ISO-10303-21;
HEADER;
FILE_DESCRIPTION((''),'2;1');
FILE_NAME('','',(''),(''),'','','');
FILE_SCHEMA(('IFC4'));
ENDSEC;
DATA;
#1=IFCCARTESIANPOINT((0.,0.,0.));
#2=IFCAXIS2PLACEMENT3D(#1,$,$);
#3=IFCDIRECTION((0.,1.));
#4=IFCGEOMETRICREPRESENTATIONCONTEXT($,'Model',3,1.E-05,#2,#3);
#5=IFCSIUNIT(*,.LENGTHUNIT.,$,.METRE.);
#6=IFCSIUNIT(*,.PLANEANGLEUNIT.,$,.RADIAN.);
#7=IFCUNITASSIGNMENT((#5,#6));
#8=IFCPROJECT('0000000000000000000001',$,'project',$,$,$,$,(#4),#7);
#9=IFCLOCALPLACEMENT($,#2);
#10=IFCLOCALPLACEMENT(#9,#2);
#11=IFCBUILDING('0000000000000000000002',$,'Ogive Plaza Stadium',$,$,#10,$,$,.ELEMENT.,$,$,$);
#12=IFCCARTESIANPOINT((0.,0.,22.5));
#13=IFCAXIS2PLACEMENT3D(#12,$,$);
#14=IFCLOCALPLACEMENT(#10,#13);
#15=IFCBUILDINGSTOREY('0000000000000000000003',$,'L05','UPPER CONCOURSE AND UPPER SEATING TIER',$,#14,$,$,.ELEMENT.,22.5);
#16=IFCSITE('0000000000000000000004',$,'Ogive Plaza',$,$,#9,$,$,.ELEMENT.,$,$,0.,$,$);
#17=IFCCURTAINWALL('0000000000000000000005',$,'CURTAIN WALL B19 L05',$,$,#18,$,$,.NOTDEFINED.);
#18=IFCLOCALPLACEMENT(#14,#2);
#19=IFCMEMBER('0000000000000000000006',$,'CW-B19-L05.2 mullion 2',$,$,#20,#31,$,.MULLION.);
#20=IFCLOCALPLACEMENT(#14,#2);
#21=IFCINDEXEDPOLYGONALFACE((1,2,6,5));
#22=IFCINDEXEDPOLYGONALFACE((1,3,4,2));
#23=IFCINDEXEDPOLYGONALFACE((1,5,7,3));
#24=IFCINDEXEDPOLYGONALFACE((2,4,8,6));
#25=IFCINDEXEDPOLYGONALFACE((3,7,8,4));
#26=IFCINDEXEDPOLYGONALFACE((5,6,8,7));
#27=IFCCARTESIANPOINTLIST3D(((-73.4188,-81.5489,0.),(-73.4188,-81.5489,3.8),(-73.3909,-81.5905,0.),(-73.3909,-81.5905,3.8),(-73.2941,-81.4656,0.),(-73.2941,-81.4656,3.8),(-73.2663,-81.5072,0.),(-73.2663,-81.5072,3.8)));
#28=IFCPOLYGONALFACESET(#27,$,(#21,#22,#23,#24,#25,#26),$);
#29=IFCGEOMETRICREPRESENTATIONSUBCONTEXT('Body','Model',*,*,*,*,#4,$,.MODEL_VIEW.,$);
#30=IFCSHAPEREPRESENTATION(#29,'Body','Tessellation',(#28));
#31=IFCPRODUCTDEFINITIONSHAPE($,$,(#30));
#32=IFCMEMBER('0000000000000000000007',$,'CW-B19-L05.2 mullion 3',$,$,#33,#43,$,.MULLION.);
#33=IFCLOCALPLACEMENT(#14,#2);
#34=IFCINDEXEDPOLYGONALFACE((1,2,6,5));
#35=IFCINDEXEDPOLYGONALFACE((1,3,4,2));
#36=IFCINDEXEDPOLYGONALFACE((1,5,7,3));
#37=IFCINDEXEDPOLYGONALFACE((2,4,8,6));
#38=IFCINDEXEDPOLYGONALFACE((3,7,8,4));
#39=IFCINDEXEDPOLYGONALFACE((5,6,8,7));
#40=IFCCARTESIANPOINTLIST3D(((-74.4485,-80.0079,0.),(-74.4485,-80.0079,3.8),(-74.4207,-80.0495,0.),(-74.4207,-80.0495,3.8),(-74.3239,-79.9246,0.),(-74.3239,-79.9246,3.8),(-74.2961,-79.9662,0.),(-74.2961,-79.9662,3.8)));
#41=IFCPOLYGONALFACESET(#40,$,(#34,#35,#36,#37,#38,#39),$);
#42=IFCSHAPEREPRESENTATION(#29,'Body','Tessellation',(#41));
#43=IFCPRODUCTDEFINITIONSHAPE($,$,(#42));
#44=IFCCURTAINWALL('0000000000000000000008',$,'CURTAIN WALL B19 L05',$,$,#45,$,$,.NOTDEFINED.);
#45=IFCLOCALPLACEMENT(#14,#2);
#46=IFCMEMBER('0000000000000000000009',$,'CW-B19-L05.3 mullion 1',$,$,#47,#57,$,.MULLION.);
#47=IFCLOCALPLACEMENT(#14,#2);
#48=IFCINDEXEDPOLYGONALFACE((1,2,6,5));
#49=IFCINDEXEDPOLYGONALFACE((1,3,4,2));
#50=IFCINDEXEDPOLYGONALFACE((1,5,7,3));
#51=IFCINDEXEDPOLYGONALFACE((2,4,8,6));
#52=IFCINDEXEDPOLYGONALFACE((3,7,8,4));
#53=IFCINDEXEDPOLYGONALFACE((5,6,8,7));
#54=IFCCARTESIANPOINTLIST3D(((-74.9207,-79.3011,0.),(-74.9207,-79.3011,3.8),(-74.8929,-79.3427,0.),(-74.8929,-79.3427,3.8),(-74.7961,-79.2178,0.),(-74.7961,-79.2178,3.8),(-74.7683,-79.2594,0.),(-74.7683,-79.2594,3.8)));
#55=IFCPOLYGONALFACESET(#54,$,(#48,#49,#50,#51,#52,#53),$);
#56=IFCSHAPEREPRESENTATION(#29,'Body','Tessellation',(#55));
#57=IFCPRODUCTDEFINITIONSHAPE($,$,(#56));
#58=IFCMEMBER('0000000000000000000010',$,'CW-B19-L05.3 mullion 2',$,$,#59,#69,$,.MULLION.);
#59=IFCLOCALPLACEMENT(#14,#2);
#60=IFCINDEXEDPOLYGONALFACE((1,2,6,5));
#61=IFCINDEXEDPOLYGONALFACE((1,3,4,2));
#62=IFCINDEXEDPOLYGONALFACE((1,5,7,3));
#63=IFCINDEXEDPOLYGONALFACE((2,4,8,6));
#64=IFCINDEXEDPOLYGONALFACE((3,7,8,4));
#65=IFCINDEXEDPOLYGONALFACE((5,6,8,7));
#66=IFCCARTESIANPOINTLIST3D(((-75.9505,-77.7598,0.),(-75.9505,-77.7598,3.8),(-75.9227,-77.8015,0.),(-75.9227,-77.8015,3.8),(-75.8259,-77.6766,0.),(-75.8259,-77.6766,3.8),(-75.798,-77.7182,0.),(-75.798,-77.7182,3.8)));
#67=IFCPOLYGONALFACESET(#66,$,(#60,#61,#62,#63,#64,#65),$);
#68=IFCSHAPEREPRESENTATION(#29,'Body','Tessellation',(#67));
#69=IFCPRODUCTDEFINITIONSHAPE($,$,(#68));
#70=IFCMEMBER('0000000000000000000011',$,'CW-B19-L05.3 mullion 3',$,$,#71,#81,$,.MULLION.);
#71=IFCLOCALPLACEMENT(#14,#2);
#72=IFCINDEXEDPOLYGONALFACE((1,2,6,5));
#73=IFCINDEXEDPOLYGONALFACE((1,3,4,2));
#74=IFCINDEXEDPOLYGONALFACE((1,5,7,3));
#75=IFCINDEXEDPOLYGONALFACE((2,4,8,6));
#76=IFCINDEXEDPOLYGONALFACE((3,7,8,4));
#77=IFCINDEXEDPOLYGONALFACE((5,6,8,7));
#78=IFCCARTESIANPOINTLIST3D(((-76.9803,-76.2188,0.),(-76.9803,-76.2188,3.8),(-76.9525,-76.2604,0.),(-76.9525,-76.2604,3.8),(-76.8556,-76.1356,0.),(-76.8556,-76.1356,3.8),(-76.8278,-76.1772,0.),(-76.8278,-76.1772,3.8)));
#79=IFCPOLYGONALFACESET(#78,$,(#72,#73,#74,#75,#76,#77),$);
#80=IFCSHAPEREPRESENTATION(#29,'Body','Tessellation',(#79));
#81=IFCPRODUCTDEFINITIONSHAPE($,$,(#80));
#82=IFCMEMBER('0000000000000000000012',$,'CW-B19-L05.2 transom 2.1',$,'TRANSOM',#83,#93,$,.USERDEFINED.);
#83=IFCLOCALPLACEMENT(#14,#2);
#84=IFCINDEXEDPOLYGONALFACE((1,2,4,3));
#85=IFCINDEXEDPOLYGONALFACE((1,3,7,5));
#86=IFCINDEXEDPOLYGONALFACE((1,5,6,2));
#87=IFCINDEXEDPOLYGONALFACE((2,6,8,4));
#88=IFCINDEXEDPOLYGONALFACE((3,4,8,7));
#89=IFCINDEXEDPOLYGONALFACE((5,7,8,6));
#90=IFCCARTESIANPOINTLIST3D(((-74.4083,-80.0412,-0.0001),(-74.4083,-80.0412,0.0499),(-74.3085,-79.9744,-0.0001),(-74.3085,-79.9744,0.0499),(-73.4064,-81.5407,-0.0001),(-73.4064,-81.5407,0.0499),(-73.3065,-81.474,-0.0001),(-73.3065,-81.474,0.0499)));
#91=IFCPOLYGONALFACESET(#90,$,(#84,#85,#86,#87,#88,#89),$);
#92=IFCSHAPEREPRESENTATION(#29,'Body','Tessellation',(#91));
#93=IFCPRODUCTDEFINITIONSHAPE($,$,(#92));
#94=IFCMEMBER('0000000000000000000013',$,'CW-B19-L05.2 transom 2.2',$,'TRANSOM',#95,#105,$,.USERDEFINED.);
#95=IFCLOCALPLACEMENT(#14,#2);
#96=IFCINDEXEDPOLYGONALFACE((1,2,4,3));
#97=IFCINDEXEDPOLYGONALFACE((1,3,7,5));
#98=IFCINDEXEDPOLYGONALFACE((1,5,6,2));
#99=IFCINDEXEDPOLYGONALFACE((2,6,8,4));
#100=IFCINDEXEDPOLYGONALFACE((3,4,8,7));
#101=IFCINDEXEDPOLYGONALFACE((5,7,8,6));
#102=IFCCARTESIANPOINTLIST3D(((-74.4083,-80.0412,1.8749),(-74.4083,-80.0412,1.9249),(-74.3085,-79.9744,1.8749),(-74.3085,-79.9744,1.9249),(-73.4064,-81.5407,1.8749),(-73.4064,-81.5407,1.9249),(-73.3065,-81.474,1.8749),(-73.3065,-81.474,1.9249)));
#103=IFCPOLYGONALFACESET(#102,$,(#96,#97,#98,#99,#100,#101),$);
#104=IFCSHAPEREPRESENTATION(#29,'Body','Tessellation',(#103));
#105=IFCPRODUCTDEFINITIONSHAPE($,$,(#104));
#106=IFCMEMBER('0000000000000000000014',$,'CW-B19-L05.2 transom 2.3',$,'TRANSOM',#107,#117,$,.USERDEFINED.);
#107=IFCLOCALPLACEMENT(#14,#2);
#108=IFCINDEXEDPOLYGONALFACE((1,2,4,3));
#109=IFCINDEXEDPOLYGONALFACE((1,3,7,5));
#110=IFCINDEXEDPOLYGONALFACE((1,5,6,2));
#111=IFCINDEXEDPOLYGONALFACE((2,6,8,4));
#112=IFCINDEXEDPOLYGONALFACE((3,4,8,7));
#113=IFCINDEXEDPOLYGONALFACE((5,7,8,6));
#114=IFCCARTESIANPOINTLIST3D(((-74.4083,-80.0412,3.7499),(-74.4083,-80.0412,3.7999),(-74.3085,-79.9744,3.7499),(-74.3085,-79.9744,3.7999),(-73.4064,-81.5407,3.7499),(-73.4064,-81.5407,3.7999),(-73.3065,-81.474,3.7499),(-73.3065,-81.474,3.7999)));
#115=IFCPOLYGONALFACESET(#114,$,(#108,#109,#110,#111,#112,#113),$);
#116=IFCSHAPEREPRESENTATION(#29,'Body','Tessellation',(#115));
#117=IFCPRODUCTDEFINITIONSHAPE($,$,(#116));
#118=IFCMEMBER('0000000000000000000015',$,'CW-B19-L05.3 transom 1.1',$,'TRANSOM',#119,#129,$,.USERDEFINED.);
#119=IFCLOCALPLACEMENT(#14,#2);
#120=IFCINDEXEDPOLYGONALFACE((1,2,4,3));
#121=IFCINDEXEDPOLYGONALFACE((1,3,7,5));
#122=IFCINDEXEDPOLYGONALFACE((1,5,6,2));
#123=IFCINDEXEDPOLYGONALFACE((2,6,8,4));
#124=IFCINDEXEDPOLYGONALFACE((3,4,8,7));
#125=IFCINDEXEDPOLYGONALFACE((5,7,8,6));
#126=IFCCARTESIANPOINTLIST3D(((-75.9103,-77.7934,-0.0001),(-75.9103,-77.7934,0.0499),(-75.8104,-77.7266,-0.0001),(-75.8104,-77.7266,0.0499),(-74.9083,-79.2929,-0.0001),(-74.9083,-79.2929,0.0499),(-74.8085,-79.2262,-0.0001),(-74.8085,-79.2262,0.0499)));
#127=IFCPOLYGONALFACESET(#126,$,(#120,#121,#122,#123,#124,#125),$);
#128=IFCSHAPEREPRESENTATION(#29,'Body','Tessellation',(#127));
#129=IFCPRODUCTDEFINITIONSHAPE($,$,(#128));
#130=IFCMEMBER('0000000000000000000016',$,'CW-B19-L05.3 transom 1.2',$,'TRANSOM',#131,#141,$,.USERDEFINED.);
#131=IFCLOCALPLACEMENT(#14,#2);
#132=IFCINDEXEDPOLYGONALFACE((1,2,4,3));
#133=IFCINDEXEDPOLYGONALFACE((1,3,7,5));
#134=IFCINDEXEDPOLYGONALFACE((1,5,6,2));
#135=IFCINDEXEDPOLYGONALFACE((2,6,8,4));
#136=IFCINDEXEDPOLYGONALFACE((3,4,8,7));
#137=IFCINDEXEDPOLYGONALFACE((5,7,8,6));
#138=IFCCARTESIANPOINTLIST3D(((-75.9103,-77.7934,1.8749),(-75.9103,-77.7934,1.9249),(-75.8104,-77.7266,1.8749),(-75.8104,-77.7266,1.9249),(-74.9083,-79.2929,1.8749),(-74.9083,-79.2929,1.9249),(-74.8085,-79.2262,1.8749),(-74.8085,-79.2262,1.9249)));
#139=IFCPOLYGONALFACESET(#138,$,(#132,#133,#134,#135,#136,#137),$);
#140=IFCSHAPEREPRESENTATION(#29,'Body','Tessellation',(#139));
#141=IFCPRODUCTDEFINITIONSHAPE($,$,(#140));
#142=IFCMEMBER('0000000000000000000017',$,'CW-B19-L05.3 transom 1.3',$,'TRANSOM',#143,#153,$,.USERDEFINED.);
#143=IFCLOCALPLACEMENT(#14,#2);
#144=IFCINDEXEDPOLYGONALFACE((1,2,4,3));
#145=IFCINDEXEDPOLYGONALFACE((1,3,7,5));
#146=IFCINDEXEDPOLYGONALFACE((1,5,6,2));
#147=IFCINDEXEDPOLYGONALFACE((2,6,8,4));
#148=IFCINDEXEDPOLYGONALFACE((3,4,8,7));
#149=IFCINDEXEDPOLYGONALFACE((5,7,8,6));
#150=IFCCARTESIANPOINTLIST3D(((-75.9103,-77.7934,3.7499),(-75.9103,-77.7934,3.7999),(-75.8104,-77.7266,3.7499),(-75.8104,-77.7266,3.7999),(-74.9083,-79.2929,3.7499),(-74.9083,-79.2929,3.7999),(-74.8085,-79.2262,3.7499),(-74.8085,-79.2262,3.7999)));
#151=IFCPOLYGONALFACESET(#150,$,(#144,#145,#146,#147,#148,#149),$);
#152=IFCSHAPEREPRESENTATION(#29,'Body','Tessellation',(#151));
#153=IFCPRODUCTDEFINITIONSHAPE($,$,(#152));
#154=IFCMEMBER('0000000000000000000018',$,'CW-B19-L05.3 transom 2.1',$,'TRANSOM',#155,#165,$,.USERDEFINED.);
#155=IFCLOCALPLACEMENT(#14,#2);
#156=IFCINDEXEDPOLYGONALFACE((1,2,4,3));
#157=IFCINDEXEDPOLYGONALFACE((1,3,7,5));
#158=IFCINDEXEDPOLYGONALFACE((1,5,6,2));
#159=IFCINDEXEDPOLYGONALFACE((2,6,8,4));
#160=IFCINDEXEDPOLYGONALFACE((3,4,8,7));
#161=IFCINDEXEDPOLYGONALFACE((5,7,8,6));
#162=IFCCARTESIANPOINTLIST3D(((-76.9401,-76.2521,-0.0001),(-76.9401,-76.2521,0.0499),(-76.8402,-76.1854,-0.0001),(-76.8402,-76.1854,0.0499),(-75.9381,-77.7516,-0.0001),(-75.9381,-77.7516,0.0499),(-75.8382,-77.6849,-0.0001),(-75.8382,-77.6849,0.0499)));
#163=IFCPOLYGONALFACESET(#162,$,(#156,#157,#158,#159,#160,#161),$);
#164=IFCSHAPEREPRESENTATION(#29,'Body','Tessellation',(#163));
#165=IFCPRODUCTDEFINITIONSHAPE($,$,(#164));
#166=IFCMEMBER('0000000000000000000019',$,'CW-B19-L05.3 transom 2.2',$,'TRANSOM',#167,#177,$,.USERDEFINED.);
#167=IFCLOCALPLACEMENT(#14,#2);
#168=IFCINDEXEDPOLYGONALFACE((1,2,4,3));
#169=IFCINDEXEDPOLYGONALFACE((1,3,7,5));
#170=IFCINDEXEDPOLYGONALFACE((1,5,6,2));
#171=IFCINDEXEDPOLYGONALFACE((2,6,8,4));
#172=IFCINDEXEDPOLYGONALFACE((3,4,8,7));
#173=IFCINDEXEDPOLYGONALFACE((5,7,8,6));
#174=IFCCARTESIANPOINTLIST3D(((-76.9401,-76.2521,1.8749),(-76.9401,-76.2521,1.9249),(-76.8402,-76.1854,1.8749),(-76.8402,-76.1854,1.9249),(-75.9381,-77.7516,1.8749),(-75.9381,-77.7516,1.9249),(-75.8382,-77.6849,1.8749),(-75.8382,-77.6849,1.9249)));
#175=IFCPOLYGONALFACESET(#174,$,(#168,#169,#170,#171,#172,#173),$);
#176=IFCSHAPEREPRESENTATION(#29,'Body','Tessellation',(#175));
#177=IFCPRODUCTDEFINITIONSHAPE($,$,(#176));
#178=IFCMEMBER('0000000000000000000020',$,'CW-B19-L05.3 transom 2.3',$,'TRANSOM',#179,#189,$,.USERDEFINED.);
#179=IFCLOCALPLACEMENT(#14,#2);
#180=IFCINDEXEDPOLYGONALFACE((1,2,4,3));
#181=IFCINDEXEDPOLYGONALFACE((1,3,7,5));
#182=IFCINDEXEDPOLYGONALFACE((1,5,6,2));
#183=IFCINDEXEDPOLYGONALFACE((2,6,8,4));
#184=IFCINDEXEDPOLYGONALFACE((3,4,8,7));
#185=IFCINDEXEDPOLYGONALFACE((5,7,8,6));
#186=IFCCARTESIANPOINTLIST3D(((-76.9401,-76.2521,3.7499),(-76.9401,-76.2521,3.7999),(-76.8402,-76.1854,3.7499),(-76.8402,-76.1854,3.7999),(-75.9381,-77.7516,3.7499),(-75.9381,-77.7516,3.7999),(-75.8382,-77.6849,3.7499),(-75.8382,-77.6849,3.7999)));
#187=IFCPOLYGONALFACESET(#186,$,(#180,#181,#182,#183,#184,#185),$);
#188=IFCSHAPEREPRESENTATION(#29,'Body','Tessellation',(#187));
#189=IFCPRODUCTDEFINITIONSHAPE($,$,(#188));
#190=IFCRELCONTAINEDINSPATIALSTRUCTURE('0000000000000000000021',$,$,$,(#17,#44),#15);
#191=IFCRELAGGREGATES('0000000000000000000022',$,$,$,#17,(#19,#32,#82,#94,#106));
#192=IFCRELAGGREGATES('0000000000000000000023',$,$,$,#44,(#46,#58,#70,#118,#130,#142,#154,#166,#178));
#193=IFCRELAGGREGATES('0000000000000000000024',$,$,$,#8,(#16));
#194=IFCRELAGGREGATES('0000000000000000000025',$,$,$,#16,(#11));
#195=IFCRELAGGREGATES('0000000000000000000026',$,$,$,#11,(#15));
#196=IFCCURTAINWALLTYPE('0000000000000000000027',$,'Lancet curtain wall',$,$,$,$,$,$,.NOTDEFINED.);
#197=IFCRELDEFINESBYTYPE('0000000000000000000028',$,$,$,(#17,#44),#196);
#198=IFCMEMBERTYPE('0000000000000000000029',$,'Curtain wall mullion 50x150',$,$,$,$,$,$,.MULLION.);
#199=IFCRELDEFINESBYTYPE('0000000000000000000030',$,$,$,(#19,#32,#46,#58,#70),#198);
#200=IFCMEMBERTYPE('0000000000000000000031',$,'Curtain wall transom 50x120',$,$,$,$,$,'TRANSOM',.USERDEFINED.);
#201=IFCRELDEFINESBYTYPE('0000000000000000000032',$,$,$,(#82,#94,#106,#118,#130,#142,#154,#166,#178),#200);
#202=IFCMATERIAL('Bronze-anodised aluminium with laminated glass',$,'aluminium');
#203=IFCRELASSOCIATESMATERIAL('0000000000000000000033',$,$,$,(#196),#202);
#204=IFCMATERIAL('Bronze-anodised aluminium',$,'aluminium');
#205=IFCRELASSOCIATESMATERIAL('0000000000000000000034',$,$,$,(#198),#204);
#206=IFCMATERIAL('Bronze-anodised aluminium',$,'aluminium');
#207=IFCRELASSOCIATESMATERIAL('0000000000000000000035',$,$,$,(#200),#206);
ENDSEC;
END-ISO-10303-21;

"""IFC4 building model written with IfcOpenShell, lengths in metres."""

from ifc_helpers import new_model, si_unit, direction, frame, origin, origin_2d, place, context, subcontext, project, spatial, rectangle, extrude, material, material_profile, profile_set, type_object, element, aggregate, save


model = new_model("IFC4")

# Units and contexts
model_context = context("Model", 3, precision=1e-05, world=origin(), true_north=direction((0.0, 1.0)))
body_context = subcontext(model_context, "Body", "Model", "MODEL_VIEW")
ifc_project = project(units=[si_unit("LENGTHUNIT", "METRE"), si_unit("PLANEANGLEUNIT", "RADIAN")], contexts=[model_context])

# Site, building, storey
site_placement = place(None, origin())
site = spatial("IfcSite", under=ifc_project, at=site_placement, Name="Ogive Plaza", CompositionType="ELEMENT", RefElevation=0.0)
building_placement = place(site_placement, origin())
building = spatial("IfcBuilding", under=site, at=building_placement, Name="Ogive Plaza Stadium", CompositionType="ELEMENT")
storey_placement = place(building_placement, frame((0.0, 0.0, 22.5)))
storey = spatial("IfcBuildingStorey", under=building, at=storey_placement, Name="L05", Description="UPPER CONCOURSE AND UPPER SEATING TIER", CompositionType="ELEMENT", Elevation=22.5)

# Curtain walls, members
ifc_material_1 = material(Name="Bronze-anodised aluminium with laminated glass", Category="aluminium")
curtain_wall_type = type_object("IfcCurtainWallType", Name="Lancet curtain wall", PredefinedType="NOTDEFINED", material=ifc_material_1)
curtain_wall_1_placement = place(storey_placement, origin())
curtain_wall_1 = element("IfcCurtainWall", 1, at=curtain_wall_1_placement, inside=storey, type_object=curtain_wall_type, Name="CURTAIN WALL B19 L05", PredefinedType="NOTDEFINED")
ifc_material_2 = material(Name="Bronze-anodised aluminium", Category="aluminium")
ifc_material_profile_1 = material_profile(ifc_material_2, rectangle(XDim=0.1499, YDim=0.05, at=origin_2d()), Name="AL 150x50")
ifc_profile_set_1 = profile_set([ifc_material_profile_1], Name="Bronze-anodised aluminium")
member_type_1 = type_object("IfcMemberType", Name="Curtain wall mullion 50x150", PredefinedType="MULLION", material=ifc_profile_set_1)
member_1_placement = place(storey_placement, frame((-73.3425, -81.5281, 0.0), z_axis=(0.0, 0.0, 1.0), x_axis=(-0.83147, -0.55557, 0.0)))
member_1 = element("IfcMember", 2, at=member_1_placement, type_object=member_type_1, Name="CW-B19-L05.2 mullion 2", PredefinedType="MULLION", context=body_context, shape_type="SweptSolid", body=[
    extrude(rectangle(XDim=0.1499, YDim=0.05, at=origin_2d()), origin(), (0.0, 0.0, 1.0), 3.8),
])
member_2_placement = place(storey_placement, frame((-74.3723, -79.9871, 0.0), z_axis=(0.0, 0.0, 1.0), x_axis=(-0.83147, -0.55557, 0.0)))
member_2 = element("IfcMember", 3, at=member_2_placement, type_object=member_type_1, Name="CW-B19-L05.2 mullion 3", PredefinedType="MULLION", context=body_context, shape_type="SweptSolid", body=[
    extrude(rectangle(XDim=0.1499, YDim=0.05, at=origin_2d()), origin(), (0.0, 0.0, 1.0), 3.8),
])
curtain_wall_2_placement = place(storey_placement, origin())
curtain_wall_2 = element("IfcCurtainWall", 4, at=curtain_wall_2_placement, inside=storey, type_object=curtain_wall_type, Name="CURTAIN WALL B19 L05", PredefinedType="NOTDEFINED")
member_3_placement = place(storey_placement, frame((-74.8445, -79.2803, 0.0), z_axis=(0.0, 0.0, 1.0), x_axis=(-0.83147, -0.55557, 0.0)))
member_3 = element("IfcMember", 5, at=member_3_placement, type_object=member_type_1, Name="CW-B19-L05.3 mullion 1", PredefinedType="MULLION", context=body_context, shape_type="SweptSolid", body=[
    extrude(rectangle(XDim=0.1499, YDim=0.05, at=origin_2d()), origin(), (0.0, 0.0, 1.0), 3.8),
])
member_4_placement = place(storey_placement, frame((-75.8743, -77.739, 0.0), z_axis=(0.0, 0.0, 1.0), x_axis=(-0.83147, -0.55557, 0.0)))
member_4 = element("IfcMember", 6, at=member_4_placement, type_object=member_type_1, Name="CW-B19-L05.3 mullion 2", PredefinedType="MULLION", context=body_context, shape_type="SweptSolid", body=[
    extrude(rectangle(XDim=0.1499, YDim=0.05, at=origin_2d()), origin(), (0.0, 0.0, 1.0), 3.8),
])
member_5_placement = place(storey_placement, frame((-76.9041, -76.198, 0.0), z_axis=(0.0, 0.0, 1.0), x_axis=(-0.83147, -0.55557, 0.0)))
member_5 = element("IfcMember", 7, at=member_5_placement, type_object=member_type_1, Name="CW-B19-L05.3 mullion 3", PredefinedType="MULLION", context=body_context, shape_type="SweptSolid", body=[
    extrude(rectangle(XDim=0.1499, YDim=0.05, at=origin_2d()), origin(), (0.0, 0.0, 1.0), 3.8),
])

# Members
ifc_material_3 = material(Name="Bronze-anodised aluminium", Category="aluminium")
ifc_material_profile_2 = material_profile(ifc_material_3, rectangle(XDim=0.1201, YDim=0.05, at=origin_2d()), Name="AL 120x50")
ifc_profile_set_2 = profile_set([ifc_material_profile_2], Name="Bronze-anodised aluminium")
member_type_2 = type_object("IfcMemberType", Name="Curtain wall transom 50x120", ElementType="TRANSOM", PredefinedType="USERDEFINED", material=ifc_profile_set_2)
member_6_placement = place(storey_placement, frame((-73.3564, -81.5073, 0.0249), z_axis=(-0.555575, 0.831467, 0.0), x_axis=(-0.831467, -0.555575, 0.0)))
member_6 = element("IfcMember", 8, at=member_6_placement, type_object=member_type_2, Name="CW-B19-L05.2 transom 2.1", ObjectType="TRANSOM", PredefinedType="USERDEFINED", context=body_context, shape_type="SweptSolid", body=[
    extrude(rectangle(XDim=0.1201, YDim=0.05, at=origin_2d()), origin(), (0.0, 0.0, 1.0), 1.8035),
])
member_7_placement = place(storey_placement, frame((-73.3564, -81.5073, 1.8999), z_axis=(-0.555575, 0.831467, 0.0), x_axis=(-0.831467, -0.555575, 0.0)))
member_7 = element("IfcMember", 9, at=member_7_placement, type_object=member_type_2, Name="CW-B19-L05.2 transom 2.2", ObjectType="TRANSOM", PredefinedType="USERDEFINED", context=body_context, shape_type="SweptSolid", body=[
    extrude(rectangle(XDim=0.1201, YDim=0.05, at=origin_2d()), origin(), (0.0, 0.0, 1.0), 1.8035),
])
member_8_placement = place(storey_placement, frame((-73.3564, -81.5073, 3.7749), z_axis=(-0.555575, 0.831467, 0.0), x_axis=(-0.831467, -0.555575, 0.0)))
member_8 = element("IfcMember", 10, at=member_8_placement, type_object=member_type_2, Name="CW-B19-L05.2 transom 2.3", ObjectType="TRANSOM", PredefinedType="USERDEFINED", context=body_context, shape_type="SweptSolid", body=[
    extrude(rectangle(XDim=0.1201, YDim=0.05, at=origin_2d()), origin(), (0.0, 0.0, 1.0), 1.8035),
])
member_9_placement = place(storey_placement, frame((-74.8584, -79.2595, 0.0249), z_axis=(-0.555575, 0.831467, 0.0), x_axis=(-0.831467, -0.555575, 0.0)))
member_9 = element("IfcMember", 11, at=member_9_placement, type_object=member_type_2, Name="CW-B19-L05.3 transom 1.1", ObjectType="TRANSOM", PredefinedType="USERDEFINED", context=body_context, shape_type="SweptSolid", body=[
    extrude(rectangle(XDim=0.1201, YDim=0.05, at=origin_2d()), origin(), (0.0, 0.0, 1.0), 1.8035),
])
member_10_placement = place(storey_placement, frame((-74.8584, -79.2595, 1.8999), z_axis=(-0.555575, 0.831467, 0.0), x_axis=(-0.831467, -0.555575, 0.0)))
member_10 = element("IfcMember", 12, at=member_10_placement, type_object=member_type_2, Name="CW-B19-L05.3 transom 1.2", ObjectType="TRANSOM", PredefinedType="USERDEFINED", context=body_context, shape_type="SweptSolid", body=[
    extrude(rectangle(XDim=0.1201, YDim=0.05, at=origin_2d()), origin(), (0.0, 0.0, 1.0), 1.8035),
])
member_11_placement = place(storey_placement, frame((-74.8584, -79.2595, 3.7749), z_axis=(-0.555575, 0.831467, 0.0), x_axis=(-0.831467, -0.555575, 0.0)))
member_11 = element("IfcMember", 13, at=member_11_placement, type_object=member_type_2, Name="CW-B19-L05.3 transom 1.3", ObjectType="TRANSOM", PredefinedType="USERDEFINED", context=body_context, shape_type="SweptSolid", body=[
    extrude(rectangle(XDim=0.1201, YDim=0.05, at=origin_2d()), origin(), (0.0, 0.0, 1.0), 1.8035),
])
member_12_placement = place(storey_placement, frame((-75.8882, -77.7183, 0.0249), z_axis=(-0.555575, 0.831467, 0.0), x_axis=(-0.831467, -0.555575, 0.0)))
member_12 = element("IfcMember", 14, at=member_12_placement, type_object=member_type_2, Name="CW-B19-L05.3 transom 2.1", ObjectType="TRANSOM", PredefinedType="USERDEFINED", context=body_context, shape_type="SweptSolid", body=[
    extrude(rectangle(XDim=0.1201, YDim=0.05, at=origin_2d()), origin(), (0.0, 0.0, 1.0), 1.8035),
])
member_13_placement = place(storey_placement, frame((-75.8882, -77.7183, 1.8999), z_axis=(-0.555575, 0.831467, 0.0), x_axis=(-0.831467, -0.555575, 0.0)))
member_13 = element("IfcMember", 15, at=member_13_placement, type_object=member_type_2, Name="CW-B19-L05.3 transom 2.2", ObjectType="TRANSOM", PredefinedType="USERDEFINED", context=body_context, shape_type="SweptSolid", body=[
    extrude(rectangle(XDim=0.1201, YDim=0.05, at=origin_2d()), origin(), (0.0, 0.0, 1.0), 1.8035),
])
member_14_placement = place(storey_placement, frame((-75.8882, -77.7183, 3.7749), z_axis=(-0.555575, 0.831467, 0.0), x_axis=(-0.831467, -0.555575, 0.0)))
member_14 = element("IfcMember", 16, at=member_14_placement, type_object=member_type_2, Name="CW-B19-L05.3 transom 2.3", ObjectType="TRANSOM", PredefinedType="USERDEFINED", context=body_context, shape_type="SweptSolid", body=[
    extrude(rectangle(XDim=0.1201, YDim=0.05, at=origin_2d()), origin(), (0.0, 0.0, 1.0), 1.8035),
])

aggregate(curtain_wall_1, [member_1, member_2, member_6, member_7, member_8])
aggregate(curtain_wall_2, [member_3, member_4, member_5, member_9, member_10, member_11, member_12, member_13, member_14])

save(model, "model.ifc")
